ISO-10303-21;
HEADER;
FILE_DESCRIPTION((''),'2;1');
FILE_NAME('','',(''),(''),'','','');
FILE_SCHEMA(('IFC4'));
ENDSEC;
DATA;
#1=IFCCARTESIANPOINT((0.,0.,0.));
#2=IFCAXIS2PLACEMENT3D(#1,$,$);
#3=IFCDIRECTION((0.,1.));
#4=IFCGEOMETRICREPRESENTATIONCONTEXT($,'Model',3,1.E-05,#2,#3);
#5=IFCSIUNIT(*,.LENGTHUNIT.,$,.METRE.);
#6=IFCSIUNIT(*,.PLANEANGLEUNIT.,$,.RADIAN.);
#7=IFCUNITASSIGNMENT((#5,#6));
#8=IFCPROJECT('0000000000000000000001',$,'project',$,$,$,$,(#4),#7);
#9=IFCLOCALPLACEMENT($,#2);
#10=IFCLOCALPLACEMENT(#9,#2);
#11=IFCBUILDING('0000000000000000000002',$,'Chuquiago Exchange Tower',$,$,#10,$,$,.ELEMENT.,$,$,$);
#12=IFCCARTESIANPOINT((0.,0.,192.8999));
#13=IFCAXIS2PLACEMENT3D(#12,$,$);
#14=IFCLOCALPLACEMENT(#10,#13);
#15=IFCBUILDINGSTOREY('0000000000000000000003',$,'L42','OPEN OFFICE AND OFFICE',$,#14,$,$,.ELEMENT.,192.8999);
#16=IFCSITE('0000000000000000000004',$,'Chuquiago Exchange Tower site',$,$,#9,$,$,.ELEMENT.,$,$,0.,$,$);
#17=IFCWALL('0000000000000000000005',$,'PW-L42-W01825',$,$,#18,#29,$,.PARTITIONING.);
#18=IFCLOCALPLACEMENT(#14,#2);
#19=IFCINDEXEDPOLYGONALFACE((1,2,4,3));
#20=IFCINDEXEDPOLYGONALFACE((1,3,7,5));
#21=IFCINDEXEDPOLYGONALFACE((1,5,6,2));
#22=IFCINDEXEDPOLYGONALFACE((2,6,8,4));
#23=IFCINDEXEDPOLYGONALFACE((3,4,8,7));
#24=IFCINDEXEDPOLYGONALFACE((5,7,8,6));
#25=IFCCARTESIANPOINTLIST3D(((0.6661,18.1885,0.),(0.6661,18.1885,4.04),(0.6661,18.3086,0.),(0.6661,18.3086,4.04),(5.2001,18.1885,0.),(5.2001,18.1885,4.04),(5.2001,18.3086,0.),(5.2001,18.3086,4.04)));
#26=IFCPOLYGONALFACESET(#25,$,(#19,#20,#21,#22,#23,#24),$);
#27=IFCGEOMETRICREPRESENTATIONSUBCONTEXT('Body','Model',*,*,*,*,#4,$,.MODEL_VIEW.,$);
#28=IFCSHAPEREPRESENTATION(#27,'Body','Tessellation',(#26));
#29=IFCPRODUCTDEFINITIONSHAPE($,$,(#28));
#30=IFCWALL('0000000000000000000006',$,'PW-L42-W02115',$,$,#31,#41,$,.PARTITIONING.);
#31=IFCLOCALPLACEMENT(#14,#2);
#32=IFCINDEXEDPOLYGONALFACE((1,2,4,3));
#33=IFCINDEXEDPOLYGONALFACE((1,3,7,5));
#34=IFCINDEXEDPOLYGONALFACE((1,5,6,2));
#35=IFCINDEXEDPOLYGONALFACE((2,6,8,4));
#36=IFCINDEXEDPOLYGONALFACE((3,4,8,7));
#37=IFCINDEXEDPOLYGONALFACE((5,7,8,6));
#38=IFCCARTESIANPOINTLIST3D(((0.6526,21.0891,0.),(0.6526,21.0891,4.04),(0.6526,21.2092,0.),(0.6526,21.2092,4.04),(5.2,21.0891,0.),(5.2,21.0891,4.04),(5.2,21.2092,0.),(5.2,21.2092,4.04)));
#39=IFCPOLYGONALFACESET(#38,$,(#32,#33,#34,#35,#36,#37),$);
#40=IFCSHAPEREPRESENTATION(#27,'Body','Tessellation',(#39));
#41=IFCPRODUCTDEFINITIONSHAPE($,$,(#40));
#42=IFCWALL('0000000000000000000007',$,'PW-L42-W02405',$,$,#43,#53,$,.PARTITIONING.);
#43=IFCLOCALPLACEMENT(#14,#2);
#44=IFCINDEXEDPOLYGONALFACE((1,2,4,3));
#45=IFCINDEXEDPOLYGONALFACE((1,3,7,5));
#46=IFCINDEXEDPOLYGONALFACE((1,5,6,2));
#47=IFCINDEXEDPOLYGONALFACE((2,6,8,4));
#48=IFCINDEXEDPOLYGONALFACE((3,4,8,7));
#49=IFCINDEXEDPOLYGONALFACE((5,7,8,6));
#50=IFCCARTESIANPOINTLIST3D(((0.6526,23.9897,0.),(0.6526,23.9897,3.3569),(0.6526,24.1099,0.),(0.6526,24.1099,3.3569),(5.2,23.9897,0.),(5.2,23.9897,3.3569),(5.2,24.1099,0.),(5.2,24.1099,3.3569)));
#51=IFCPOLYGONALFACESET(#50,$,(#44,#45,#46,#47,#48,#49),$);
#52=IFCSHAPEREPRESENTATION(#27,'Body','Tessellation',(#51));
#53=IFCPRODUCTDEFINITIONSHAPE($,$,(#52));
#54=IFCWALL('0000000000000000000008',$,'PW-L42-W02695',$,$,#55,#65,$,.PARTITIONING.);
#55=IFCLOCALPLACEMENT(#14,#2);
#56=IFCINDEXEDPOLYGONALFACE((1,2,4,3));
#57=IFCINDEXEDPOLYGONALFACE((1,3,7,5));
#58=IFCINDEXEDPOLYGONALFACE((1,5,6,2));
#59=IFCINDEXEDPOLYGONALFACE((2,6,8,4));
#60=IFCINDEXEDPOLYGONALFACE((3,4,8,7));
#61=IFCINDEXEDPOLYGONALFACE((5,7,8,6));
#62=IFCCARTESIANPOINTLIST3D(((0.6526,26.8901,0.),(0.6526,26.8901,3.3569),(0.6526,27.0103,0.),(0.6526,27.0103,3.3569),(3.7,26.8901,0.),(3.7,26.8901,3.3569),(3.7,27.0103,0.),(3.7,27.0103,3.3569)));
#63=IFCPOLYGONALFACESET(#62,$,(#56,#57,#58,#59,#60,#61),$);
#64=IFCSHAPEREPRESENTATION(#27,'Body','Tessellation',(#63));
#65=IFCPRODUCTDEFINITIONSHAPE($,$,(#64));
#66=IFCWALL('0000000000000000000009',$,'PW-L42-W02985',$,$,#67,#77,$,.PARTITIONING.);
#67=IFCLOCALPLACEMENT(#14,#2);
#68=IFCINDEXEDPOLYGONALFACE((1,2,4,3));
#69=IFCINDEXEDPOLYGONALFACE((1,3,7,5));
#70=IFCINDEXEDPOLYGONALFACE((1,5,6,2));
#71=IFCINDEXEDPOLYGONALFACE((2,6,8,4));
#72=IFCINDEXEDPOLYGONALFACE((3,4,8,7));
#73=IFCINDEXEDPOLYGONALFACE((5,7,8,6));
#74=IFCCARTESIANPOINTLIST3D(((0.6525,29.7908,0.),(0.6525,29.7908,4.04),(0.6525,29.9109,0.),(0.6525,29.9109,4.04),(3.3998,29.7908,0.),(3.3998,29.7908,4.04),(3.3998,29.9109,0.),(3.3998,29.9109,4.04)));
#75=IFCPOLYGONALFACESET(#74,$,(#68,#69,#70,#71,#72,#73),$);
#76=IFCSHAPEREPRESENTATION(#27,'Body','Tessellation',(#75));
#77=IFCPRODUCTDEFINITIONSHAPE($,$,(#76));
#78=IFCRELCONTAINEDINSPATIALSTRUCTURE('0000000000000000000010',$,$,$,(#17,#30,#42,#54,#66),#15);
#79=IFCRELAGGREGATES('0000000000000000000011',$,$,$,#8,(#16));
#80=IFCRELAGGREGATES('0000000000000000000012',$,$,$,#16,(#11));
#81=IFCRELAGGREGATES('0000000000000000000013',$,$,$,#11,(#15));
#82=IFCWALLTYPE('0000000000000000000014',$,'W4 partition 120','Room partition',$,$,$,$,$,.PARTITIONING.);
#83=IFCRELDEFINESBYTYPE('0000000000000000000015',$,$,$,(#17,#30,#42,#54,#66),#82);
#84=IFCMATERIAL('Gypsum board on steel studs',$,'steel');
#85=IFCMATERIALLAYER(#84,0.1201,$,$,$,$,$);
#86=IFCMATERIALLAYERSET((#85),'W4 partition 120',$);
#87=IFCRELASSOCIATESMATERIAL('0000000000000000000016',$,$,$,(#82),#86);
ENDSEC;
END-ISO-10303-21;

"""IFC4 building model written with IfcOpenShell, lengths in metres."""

from ifc_helpers import new_model, si_unit, direction, frame, frame_2d, origin, place, context, subcontext, project, spatial, rectangle, extrude, material, layer, layer_set, type_object, element, save


model = new_model("IFC4")

# Units and contexts
model_context = context("Model", 3, precision=1e-05, world=origin(), true_north=direction((0.0, 1.0)))
body_context = subcontext(model_context, "Body", "Model", "MODEL_VIEW")
ifc_project = project(units=[si_unit("LENGTHUNIT", "METRE"), si_unit("PLANEANGLEUNIT", "RADIAN")], contexts=[model_context])

# Site, building, storey
site_placement = place(None, origin())
site = spatial("IfcSite", under=ifc_project, at=site_placement, Name="Chuquiago Exchange Tower site", CompositionType="ELEMENT", RefElevation=0.0)
building_placement = place(site_placement, origin())
building = spatial("IfcBuilding", under=site, at=building_placement, Name="Chuquiago Exchange Tower", CompositionType="ELEMENT")
storey_placement = place(building_placement, frame((0.0, 0.0, 192.8999)))
storey = spatial("IfcBuildingStorey", under=building, at=storey_placement, Name="L42", Description="OPEN OFFICE AND OFFICE", CompositionType="ELEMENT", Elevation=192.8999)

# Walls
ifc_material_1 = material(Name="Gypsum board on steel studs", Category="steel")
ifc_layer_1 = layer(ifc_material_1, 0.1201)
ifc_layer_set_1 = layer_set([ifc_layer_1], Name="W4 partition 120")
wall_type = type_object("IfcWallType", Name="W4 partition 120", Description="Room partition", PredefinedType="PARTITIONING", material=ifc_layer_set_1)
wall_1_placement = place(storey_placement, frame((0.666, 18.2485, 0.0), z_axis=(0.0, 0.0, 1.0), x_axis=(1.0, 0.0, 0.0)))
element("IfcWall", 1, at=wall_1_placement, inside=storey, type_object=wall_type, Name="PW-L42-W01825", PredefinedType="PARTITIONING", context=body_context, shape_type="SweptSolid", body=[
    extrude(rectangle(XDim=4.5339, YDim=0.1201, at=frame_2d((2.2671, 0.0))), origin(), (0.0, 0.0, 1.0), 4.04),
])
wall_2_placement = place(storey_placement, frame((0.6526, 21.1492, 0.0), z_axis=(0.0, 0.0, 1.0), x_axis=(1.0, 0.0, 0.0)))
element("IfcWall", 2, at=wall_2_placement, inside=storey, type_object=wall_type, Name="PW-L42-W02115", PredefinedType="PARTITIONING", context=body_context, shape_type="SweptSolid", body=[
    extrude(rectangle(XDim=4.5474, YDim=0.1201, at=frame_2d((2.2737, 0.0))), origin(), (0.0, 0.0, 1.0), 4.04),
])
wall_3_placement = place(storey_placement, frame((0.6526, 24.0498, 0.0), z_axis=(0.0, 0.0, 1.0), x_axis=(1.0, 0.0, 0.0)))
element("IfcWall", 3, at=wall_3_placement, inside=storey, type_object=wall_type, Name="PW-L42-W02405", PredefinedType="PARTITIONING", context=body_context, shape_type="SweptSolid", body=[
    extrude(rectangle(XDim=4.5474, YDim=0.1201, at=frame_2d((2.2737, 0.0))), origin(), (0.0, 0.0, 1.0), 3.3569),
])
wall_4_placement = place(storey_placement, frame((0.6526, 26.9502, 0.0), z_axis=(0.0, 0.0, 1.0), x_axis=(1.0, 0.0, 0.0)))
element("IfcWall", 4, at=wall_4_placement, inside=storey, type_object=wall_type, Name="PW-L42-W02695", PredefinedType="PARTITIONING", context=body_context, shape_type="SweptSolid", body=[
    extrude(rectangle(XDim=3.0474, YDim=0.1201, at=frame_2d((1.5237, 0.0))), origin(), (0.0, 0.0, 1.0), 3.3569),
])
wall_5_placement = place(storey_placement, frame((0.6526, 29.8508, 0.0), z_axis=(0.0, 0.0, 1.0), x_axis=(1.0, 0.0, 0.0)))
element("IfcWall", 5, at=wall_5_placement, inside=storey, type_object=wall_type, Name="PW-L42-W02985", PredefinedType="PARTITIONING", context=body_context, shape_type="SweptSolid", body=[
    extrude(rectangle(XDim=2.7473, YDim=0.1201, at=frame_2d((1.3735, 0.0))), origin(), (0.0, 0.0, 1.0), 4.04),
])

save(model, "model.ifc")
